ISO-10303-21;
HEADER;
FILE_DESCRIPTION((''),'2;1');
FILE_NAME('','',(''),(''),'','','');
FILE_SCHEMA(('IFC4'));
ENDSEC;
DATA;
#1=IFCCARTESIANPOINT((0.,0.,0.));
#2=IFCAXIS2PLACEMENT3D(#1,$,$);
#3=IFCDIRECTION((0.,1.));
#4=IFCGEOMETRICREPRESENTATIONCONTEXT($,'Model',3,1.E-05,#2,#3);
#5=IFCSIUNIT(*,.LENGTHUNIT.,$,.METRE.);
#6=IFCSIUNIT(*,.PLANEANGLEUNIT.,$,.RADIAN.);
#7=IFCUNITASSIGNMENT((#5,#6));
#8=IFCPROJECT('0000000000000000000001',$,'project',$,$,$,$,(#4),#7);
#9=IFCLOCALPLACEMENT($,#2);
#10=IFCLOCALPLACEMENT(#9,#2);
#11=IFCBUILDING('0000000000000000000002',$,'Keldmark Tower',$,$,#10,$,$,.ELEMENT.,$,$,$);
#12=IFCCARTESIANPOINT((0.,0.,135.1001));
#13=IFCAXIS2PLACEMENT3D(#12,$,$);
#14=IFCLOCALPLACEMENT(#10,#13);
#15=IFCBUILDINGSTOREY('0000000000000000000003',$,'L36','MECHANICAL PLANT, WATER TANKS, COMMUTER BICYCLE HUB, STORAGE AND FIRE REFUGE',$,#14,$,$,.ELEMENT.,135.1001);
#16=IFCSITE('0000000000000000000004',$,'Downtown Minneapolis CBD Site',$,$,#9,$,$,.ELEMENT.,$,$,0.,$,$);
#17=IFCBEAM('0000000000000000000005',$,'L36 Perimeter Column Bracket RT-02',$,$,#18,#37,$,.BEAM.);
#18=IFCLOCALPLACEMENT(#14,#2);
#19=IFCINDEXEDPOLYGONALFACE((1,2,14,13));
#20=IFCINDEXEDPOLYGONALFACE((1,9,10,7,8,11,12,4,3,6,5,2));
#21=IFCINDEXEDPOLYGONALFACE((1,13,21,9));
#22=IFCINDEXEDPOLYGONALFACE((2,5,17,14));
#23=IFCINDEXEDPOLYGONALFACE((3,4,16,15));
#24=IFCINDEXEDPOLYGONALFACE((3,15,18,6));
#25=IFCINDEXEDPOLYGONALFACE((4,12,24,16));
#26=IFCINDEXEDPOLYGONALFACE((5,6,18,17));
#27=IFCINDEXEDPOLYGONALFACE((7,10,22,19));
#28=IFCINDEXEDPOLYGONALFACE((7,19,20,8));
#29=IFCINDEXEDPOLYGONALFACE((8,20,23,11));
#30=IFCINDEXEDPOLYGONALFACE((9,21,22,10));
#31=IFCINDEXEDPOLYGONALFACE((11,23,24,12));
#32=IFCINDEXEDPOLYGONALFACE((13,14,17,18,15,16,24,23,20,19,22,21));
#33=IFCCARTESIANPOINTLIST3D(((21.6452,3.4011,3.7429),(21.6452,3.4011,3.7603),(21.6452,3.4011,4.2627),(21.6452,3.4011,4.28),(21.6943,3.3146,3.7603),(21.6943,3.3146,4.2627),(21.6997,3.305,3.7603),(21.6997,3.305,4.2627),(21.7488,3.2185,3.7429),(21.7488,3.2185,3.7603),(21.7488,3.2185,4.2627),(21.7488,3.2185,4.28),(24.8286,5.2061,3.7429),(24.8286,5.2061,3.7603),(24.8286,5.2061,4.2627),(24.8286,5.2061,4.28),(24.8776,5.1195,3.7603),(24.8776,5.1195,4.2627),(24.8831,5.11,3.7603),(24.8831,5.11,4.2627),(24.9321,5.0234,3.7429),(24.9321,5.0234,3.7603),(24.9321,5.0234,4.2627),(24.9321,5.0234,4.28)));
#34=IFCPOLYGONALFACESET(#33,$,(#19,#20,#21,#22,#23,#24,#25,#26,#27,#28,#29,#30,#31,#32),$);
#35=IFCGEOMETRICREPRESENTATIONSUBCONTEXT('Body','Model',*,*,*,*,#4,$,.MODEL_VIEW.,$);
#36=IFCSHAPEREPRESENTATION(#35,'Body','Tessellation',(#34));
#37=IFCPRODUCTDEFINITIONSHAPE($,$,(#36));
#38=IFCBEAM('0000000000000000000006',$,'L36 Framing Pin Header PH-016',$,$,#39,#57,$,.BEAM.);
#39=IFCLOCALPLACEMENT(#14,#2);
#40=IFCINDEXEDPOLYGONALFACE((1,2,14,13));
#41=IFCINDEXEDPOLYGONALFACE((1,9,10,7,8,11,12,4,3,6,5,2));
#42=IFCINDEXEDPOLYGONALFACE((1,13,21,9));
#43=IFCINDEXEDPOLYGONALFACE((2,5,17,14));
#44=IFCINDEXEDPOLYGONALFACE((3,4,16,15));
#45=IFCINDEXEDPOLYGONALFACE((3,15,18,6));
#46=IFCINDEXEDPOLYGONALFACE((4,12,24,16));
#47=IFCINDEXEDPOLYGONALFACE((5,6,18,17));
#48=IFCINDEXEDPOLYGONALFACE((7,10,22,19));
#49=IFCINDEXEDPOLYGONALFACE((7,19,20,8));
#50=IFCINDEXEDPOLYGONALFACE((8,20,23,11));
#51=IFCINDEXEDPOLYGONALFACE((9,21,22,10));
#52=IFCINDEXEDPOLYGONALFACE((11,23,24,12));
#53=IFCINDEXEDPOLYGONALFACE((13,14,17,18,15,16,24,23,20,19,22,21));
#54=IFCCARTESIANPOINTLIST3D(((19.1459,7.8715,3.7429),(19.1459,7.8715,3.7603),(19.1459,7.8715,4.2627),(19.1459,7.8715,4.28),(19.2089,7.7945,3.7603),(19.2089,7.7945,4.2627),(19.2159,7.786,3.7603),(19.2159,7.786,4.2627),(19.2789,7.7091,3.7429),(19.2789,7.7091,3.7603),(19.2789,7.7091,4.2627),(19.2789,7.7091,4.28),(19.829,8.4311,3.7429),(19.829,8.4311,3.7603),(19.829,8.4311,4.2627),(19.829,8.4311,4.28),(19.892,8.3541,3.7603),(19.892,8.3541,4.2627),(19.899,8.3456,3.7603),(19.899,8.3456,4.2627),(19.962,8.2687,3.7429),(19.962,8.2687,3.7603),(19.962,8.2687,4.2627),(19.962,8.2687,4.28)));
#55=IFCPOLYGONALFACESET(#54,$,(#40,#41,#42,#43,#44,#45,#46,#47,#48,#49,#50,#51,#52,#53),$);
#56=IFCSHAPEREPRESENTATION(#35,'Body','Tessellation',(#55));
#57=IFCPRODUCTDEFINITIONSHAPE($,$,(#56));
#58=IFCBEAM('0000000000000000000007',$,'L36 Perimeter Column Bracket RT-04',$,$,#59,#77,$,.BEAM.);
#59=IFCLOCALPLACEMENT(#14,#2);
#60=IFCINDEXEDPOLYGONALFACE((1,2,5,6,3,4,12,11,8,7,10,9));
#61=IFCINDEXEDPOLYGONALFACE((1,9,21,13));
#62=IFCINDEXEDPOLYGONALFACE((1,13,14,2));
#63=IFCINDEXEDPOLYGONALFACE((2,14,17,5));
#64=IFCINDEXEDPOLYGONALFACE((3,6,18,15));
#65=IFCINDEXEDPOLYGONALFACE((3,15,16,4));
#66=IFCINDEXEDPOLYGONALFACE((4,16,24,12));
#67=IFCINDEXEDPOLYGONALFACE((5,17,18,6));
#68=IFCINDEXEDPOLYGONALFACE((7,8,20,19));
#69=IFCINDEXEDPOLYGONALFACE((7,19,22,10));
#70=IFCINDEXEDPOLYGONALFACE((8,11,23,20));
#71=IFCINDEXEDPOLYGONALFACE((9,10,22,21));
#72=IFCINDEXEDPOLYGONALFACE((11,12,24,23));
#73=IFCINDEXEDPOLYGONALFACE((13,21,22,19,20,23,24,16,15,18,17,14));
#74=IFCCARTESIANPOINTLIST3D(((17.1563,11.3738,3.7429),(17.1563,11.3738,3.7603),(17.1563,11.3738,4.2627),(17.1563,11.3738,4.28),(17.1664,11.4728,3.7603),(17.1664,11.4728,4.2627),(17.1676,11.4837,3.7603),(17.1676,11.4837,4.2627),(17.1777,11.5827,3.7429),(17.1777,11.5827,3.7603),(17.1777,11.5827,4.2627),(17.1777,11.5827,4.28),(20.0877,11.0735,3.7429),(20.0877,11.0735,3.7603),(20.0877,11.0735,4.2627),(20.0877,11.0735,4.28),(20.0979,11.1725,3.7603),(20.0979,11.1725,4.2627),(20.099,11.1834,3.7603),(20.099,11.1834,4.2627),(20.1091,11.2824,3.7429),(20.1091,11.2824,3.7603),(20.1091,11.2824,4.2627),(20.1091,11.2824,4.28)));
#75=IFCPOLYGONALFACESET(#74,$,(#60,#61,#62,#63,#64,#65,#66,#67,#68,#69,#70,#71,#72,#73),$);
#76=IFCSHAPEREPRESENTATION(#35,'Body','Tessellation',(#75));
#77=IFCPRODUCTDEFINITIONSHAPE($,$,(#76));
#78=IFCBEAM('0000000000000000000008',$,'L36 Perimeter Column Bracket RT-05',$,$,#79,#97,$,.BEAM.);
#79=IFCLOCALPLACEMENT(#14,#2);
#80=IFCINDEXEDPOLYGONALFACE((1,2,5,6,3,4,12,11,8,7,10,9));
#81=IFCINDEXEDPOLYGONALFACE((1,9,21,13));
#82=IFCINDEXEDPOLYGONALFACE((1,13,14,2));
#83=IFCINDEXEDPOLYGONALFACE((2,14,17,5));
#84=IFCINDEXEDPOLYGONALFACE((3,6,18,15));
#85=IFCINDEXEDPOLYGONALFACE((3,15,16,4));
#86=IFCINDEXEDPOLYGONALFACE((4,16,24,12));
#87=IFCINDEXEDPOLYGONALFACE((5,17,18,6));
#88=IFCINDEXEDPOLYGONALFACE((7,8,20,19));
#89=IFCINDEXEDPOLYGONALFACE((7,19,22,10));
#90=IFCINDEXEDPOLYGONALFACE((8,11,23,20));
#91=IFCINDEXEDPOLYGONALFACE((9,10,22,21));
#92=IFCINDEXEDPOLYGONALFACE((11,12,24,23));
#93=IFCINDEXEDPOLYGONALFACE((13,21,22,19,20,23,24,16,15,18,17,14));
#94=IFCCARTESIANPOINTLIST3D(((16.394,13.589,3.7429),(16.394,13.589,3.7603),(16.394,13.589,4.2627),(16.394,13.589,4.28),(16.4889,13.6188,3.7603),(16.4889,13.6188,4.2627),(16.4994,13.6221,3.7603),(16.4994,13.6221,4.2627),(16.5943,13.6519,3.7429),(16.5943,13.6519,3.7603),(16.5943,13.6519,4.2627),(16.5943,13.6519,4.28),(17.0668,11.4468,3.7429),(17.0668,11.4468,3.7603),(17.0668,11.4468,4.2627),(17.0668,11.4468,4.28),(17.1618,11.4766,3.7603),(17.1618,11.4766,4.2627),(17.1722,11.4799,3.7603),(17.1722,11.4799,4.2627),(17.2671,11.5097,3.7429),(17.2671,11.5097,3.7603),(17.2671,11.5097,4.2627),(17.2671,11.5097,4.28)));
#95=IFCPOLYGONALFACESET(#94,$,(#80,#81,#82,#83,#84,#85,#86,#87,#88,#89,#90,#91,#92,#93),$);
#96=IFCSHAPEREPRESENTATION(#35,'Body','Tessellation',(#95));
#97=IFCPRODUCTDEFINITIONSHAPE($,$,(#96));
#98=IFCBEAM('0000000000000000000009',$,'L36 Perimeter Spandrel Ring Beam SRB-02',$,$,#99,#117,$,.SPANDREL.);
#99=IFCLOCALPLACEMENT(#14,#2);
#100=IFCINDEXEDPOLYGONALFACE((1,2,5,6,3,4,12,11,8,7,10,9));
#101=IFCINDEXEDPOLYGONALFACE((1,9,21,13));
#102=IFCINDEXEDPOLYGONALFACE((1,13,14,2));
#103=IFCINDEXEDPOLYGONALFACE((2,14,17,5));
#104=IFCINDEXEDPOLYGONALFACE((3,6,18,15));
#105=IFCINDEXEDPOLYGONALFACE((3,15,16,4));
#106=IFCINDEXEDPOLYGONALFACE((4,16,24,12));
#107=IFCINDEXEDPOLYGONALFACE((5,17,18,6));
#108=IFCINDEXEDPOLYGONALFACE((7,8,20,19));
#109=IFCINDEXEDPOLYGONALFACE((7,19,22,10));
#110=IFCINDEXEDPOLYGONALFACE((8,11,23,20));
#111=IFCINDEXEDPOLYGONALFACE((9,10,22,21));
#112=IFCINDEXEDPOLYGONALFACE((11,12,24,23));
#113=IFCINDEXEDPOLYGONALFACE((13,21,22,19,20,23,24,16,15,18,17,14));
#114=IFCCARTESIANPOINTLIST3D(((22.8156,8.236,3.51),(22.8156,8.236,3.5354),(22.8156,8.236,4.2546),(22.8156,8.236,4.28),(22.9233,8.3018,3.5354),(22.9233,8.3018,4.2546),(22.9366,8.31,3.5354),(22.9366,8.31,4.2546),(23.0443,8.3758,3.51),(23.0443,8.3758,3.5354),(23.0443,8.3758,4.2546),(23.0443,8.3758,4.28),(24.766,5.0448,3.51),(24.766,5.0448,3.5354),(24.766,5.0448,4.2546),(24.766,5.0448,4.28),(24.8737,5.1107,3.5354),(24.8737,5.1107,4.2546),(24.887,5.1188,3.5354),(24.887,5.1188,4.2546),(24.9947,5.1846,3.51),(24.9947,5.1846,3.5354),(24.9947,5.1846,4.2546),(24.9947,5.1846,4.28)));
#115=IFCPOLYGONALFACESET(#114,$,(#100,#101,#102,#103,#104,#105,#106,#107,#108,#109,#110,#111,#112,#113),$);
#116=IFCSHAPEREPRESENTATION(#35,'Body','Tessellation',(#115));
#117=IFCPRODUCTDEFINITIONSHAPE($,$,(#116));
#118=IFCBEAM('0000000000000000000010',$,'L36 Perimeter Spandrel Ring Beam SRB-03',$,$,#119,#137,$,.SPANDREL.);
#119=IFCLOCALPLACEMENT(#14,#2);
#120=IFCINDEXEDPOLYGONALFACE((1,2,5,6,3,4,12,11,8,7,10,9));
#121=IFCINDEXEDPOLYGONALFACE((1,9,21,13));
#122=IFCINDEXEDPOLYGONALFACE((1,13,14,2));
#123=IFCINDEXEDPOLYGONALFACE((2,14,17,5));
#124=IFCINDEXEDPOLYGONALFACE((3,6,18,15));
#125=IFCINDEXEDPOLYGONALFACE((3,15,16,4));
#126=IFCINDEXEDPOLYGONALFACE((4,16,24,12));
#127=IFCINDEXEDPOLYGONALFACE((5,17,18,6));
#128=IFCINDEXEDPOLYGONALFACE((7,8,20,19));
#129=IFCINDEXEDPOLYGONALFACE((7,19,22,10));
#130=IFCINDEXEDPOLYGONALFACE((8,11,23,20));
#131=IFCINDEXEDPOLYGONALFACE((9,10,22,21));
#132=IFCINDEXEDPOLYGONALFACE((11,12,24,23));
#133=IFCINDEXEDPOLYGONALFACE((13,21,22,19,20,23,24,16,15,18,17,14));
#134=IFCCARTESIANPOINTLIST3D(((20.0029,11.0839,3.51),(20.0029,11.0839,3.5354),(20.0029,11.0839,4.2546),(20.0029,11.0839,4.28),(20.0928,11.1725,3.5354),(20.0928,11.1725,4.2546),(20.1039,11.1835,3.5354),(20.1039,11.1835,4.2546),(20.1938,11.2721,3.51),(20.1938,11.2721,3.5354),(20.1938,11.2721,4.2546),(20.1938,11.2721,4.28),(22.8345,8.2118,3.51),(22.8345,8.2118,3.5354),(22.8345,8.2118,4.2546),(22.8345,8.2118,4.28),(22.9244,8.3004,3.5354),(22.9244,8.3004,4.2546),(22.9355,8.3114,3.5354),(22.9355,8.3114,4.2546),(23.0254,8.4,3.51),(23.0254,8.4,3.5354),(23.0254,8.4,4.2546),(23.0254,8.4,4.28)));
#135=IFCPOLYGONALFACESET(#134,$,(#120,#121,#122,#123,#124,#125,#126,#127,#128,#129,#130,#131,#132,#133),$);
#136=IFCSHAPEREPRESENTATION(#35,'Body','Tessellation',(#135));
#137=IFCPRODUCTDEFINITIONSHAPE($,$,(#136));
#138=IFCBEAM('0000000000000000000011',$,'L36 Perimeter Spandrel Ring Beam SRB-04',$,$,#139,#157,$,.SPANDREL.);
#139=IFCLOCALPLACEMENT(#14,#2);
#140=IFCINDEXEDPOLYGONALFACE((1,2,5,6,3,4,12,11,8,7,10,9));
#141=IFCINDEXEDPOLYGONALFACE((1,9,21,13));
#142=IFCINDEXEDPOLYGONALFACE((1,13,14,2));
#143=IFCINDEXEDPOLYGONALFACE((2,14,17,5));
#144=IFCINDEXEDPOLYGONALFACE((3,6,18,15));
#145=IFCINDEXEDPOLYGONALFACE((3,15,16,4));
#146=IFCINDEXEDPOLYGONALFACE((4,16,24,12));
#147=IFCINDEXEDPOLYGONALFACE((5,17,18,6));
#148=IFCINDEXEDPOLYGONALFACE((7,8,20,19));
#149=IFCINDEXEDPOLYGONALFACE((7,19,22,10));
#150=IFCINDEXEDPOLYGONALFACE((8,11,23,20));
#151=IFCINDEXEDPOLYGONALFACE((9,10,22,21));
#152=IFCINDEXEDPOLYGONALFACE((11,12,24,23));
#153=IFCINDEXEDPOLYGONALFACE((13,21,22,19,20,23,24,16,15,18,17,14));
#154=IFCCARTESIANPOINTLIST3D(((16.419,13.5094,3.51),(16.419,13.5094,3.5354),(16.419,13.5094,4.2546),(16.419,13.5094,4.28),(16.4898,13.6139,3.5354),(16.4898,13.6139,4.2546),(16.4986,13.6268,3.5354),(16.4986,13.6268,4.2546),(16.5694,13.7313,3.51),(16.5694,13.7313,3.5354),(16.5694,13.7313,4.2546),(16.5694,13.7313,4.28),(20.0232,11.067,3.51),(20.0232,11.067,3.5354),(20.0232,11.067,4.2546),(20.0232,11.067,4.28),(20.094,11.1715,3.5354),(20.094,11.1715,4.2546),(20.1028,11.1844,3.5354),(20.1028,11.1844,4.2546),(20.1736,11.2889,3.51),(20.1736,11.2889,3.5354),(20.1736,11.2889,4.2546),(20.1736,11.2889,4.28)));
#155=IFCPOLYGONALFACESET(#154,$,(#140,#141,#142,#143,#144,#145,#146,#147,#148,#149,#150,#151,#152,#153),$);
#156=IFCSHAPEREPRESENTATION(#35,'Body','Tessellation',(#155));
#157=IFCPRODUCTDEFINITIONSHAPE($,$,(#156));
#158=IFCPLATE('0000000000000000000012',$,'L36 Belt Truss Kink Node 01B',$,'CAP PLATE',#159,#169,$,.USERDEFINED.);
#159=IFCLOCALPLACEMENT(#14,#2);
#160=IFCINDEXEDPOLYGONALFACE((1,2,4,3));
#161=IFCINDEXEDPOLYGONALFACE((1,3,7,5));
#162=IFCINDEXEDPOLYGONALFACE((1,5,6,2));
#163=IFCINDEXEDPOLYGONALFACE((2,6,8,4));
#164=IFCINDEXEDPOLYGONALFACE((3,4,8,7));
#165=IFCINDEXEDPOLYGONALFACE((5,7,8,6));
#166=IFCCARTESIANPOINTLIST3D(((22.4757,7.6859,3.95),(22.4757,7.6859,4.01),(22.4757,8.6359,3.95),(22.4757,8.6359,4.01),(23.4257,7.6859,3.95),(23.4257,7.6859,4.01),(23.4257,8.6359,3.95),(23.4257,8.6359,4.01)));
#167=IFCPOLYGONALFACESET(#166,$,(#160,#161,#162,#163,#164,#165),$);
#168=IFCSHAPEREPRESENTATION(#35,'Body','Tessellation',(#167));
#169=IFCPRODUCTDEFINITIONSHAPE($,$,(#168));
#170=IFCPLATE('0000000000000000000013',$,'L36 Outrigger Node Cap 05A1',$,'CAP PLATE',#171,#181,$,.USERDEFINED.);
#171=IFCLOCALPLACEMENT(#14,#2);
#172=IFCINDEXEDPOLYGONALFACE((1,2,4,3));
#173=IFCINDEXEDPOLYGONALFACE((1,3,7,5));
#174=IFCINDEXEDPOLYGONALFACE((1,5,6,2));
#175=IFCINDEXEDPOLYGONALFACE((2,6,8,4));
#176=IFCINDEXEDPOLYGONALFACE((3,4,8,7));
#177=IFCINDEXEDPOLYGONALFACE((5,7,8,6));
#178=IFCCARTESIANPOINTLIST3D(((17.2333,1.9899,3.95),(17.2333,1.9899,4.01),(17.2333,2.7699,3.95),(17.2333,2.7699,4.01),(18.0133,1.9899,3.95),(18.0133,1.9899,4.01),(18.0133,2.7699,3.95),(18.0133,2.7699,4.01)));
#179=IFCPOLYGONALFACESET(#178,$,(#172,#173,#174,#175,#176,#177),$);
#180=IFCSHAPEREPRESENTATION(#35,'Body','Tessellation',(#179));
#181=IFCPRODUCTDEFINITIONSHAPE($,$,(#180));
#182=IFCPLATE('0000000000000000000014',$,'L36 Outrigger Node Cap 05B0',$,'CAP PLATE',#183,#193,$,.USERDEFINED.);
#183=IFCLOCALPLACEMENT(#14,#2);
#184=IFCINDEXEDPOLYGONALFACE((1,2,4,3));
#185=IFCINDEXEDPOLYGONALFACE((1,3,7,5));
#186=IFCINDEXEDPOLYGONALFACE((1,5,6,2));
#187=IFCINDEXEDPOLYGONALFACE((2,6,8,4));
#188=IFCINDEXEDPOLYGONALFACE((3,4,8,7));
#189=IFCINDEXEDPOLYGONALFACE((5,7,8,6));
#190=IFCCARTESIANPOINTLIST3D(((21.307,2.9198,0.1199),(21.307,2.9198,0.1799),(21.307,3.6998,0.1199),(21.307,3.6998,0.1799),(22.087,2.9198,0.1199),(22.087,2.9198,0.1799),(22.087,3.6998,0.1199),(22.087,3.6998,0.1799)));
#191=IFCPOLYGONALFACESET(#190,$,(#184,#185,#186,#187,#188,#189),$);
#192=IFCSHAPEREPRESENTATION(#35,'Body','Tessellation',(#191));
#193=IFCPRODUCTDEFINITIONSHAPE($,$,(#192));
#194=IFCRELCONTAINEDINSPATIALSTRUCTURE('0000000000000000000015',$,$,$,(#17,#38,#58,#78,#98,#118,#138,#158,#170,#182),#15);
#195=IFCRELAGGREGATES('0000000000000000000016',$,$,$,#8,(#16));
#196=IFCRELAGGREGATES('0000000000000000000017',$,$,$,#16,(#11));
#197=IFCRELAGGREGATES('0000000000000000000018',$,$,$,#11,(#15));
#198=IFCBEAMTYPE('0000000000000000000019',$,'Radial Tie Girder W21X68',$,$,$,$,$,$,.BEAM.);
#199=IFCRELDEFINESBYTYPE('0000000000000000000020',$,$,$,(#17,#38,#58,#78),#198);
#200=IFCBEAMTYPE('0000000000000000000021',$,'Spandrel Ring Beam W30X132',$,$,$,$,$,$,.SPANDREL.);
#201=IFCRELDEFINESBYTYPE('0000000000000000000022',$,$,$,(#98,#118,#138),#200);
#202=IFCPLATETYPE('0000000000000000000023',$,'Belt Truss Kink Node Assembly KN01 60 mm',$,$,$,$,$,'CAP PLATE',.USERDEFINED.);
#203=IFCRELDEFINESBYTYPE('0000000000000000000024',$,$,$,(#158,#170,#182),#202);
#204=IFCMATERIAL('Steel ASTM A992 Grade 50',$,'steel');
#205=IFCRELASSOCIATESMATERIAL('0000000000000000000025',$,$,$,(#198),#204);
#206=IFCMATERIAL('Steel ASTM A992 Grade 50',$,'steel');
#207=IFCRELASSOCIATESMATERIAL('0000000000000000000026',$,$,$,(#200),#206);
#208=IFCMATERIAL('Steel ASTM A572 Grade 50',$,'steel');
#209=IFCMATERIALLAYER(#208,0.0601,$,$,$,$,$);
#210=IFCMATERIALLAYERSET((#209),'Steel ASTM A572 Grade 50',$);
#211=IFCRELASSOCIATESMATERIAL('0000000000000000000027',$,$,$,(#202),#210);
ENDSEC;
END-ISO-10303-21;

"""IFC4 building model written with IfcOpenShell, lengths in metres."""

from ifc_helpers import new_model, si_unit, direction, frame, origin, origin_2d, place, context, subcontext, project, spatial, rectangle, i_section, extrude, material, layer, layer_set, material_profile, profile_set, type_object, element, save


model = new_model("IFC4")

# Units and contexts
model_context = context("Model", 3, precision=1e-05, world=origin(), true_north=direction((0.0, 1.0)))
body_context = subcontext(model_context, "Body", "Model", "MODEL_VIEW")
ifc_project = project(units=[si_unit("LENGTHUNIT", "METRE"), si_unit("PLANEANGLEUNIT", "RADIAN")], contexts=[model_context])

# Site, building, storey
site_placement = place(None, origin())
site = spatial("IfcSite", under=ifc_project, at=site_placement, Name="Downtown Minneapolis CBD Site", CompositionType="ELEMENT", RefElevation=0.0)
building_placement = place(site_placement, origin())
building = spatial("IfcBuilding", under=site, at=building_placement, Name="Keldmark Tower", CompositionType="ELEMENT")
storey_placement = place(building_placement, frame((0.0, 0.0, 135.1001)))
storey = spatial("IfcBuildingStorey", under=building, at=storey_placement, Name="L36", Description="MECHANICAL PLANT, WATER TANKS, COMMUTER BICYCLE HUB, STORAGE AND FIRE REFUGE", CompositionType="ELEMENT", Elevation=135.1001)

# Beams
ifc_material_1 = material(Name="Steel ASTM A992 Grade 50", Category="steel")
ifc_material_profile_1 = material_profile(ifc_material_1, i_section(OverallWidth=0.21, OverallDepth=0.5371, WebThickness=0.011, FlangeThickness=0.0173, at=origin_2d()), Name="W21X68")
ifc_profile_set_1 = profile_set([ifc_material_profile_1], Name="Steel ASTM A992 Grade 50")
beam_type_1 = type_object("IfcBeamType", Name="Radial Tie Girder W21X68", PredefinedType="BEAM", material=ifc_profile_set_1)
beam_1_placement = place(storey_placement, frame((21.697, 3.3098, 4.0115), z_axis=(0.869901, 0.493226, 0.0), x_axis=(-0.493226, 0.869901, 0.0)))
element("IfcBeam", 1, at=beam_1_placement, inside=storey, type_object=beam_type_1, Name="L36 Perimeter Column Bracket RT-02", PredefinedType="BEAM", context=body_context, shape_type="SweptSolid", body=[
    extrude(i_section(OverallWidth=0.21, OverallDepth=0.5371, WebThickness=0.011, FlangeThickness=0.0173, at=origin_2d()), origin(), (0.0, 0.0, 1.0), 3.6594),
])
beam_2_placement = place(storey_placement, frame((19.2124, 7.7903, 4.0115), z_axis=(0.773588, 0.633689, 0.0), x_axis=(-0.633689, 0.773588, 0.0)))
element("IfcBeam", 2, at=beam_2_placement, inside=storey, type_object=beam_type_1, Name="L36 Framing Pin Header PH-016", PredefinedType="BEAM", context=body_context, shape_type="SweptSolid", body=[
    extrude(i_section(OverallWidth=0.21, OverallDepth=0.5371, WebThickness=0.011, FlangeThickness=0.0173, at=origin_2d()), origin(), (0.0, 0.0, 1.0), 0.8831),
])
beam_3_placement = place(storey_placement, frame((17.167, 11.4783, 4.0115), z_axis=(0.994794, -0.101907, 0.0), x_axis=(0.101907, 0.994794, 0.0)))
element("IfcBeam", 3, at=beam_3_placement, inside=storey, type_object=beam_type_1, Name="L36 Perimeter Column Bracket RT-04", PredefinedType="BEAM", context=body_context, shape_type="SweptSolid", body=[
    extrude(i_section(OverallWidth=0.21, OverallDepth=0.5371, WebThickness=0.011, FlangeThickness=0.0173, at=origin_2d()), origin(), (0.0, 0.0, 1.0), 2.9468),
])
beam_4_placement = place(storey_placement, frame((17.167, 11.4783, 4.0115), z_axis=(-0.299674, 0.954042, 0.0), x_axis=(-0.954042, -0.299674, 0.0)))
element("IfcBeam", 4, at=beam_4_placement, inside=storey, type_object=beam_type_1, Name="L36 Perimeter Column Bracket RT-05", PredefinedType="BEAM", context=body_context, shape_type="SweptSolid", body=[
    extrude(i_section(OverallWidth=0.21, OverallDepth=0.5371, WebThickness=0.011, FlangeThickness=0.0173, at=origin_2d()), origin(), (0.0, 0.0, 1.0), 2.2454),
])
ifc_material_2 = material(Name="Steel ASTM A992 Grade 50", Category="steel")
ifc_material_profile_2 = material_profile(ifc_material_2, i_section(OverallWidth=0.2681, OverallDepth=0.77, WebThickness=0.0156, FlangeThickness=0.0254, at=origin_2d()), Name="W30X132")
ifc_profile_set_2 = profile_set([ifc_material_profile_2], Name="Steel ASTM A992 Grade 50")
beam_type_2 = type_object("IfcBeamType", Name="Spandrel Ring Beam W30X132", PredefinedType="SPANDREL", material=ifc_profile_set_2)
beam_5_placement = place(storey_placement, frame((24.8804, 5.1147, 3.895), z_axis=(-0.521505, 0.853248, 0.0), x_axis=(-0.853248, -0.521505, 0.0)))
element("IfcBeam", 5, at=beam_5_placement, inside=storey, type_object=beam_type_2, Name="L36 Perimeter Spandrel Ring Beam SRB-02", PredefinedType="SPANDREL", context=body_context, shape_type="SweptSolid", body=[
    extrude(i_section(OverallWidth=0.2681, OverallDepth=0.77, WebThickness=0.0156, FlangeThickness=0.0254, at=origin_2d()), origin(), (0.0, 0.0, 1.0), 3.74),
])
beam_6_placement = place(storey_placement, frame((22.9299, 8.3059, 3.895), z_axis=(-0.702065, 0.712113, 0.0), x_axis=(-0.712113, -0.702065, 0.0)))
element("IfcBeam", 6, at=beam_6_placement, inside=storey, type_object=beam_type_2, Name="L36 Perimeter Spandrel Ring Beam SRB-03", PredefinedType="SPANDREL", context=body_context, shape_type="SweptSolid", body=[
    extrude(i_section(OverallWidth=0.2681, OverallDepth=0.77, WebThickness=0.0156, FlangeThickness=0.0254, at=origin_2d()), origin(), (0.0, 0.0, 1.0), 4.0332),
])
beam_7_placement = place(storey_placement, frame((20.0984, 11.178, 3.895), z_axis=(-0.827834, 0.560973, 0.0), x_axis=(-0.560973, -0.827834, 0.0)))
element("IfcBeam", 7, at=beam_7_placement, inside=storey, type_object=beam_type_2, Name="L36 Perimeter Spandrel Ring Beam SRB-04", PredefinedType="SPANDREL", context=body_context, shape_type="SweptSolid", body=[
    extrude(i_section(OverallWidth=0.2681, OverallDepth=0.77, WebThickness=0.0156, FlangeThickness=0.0254, at=origin_2d()), origin(), (0.0, 0.0, 1.0), 4.3538),
])

# Plates
ifc_material_3 = material(Name="Steel ASTM A572 Grade 50", Category="steel")
ifc_layer_1 = layer(ifc_material_3, 0.0601)
ifc_layer_set_1 = layer_set([ifc_layer_1], Name="Steel ASTM A572 Grade 50")
plate_type_1 = type_object("IfcPlateType", Name="Belt Truss Kink Node Assembly KN01 60 mm", ElementType="CAP PLATE", PredefinedType="USERDEFINED", material=ifc_layer_set_1)
plate_placement = place(storey_placement, frame((22.9507, 8.1609, 3.95), z_axis=(0.0, 0.0, 1.0), x_axis=(1.0, 0.0, 0.0)))
element("IfcPlate", 8, at=plate_placement, inside=storey, type_object=plate_type_1, Name="L36 Belt Truss Kink Node 01B", ObjectType="CAP PLATE", PredefinedType="USERDEFINED", context=body_context, shape_type="SweptSolid", body=[
    extrude(rectangle(XDim=0.95, YDim=0.95, at=origin_2d()), origin(), (0.0, 0.0, 1.0), 0.0601),
])
for number, where, z_axis, x_axis, name in (
    (9, (17.6233, 2.3799, 3.95), (0.0, 0.0, 1.0), (1.0, 0.0, 0.0), "L36 Outrigger Node Cap 05A1"),
    (10, (21.697, 3.3098, 0.1199), (0.0, 0.0, 1.0), (1.0, 0.0, 0.0), "L36 Outrigger Node Cap 05B0"),
):
    element("IfcPlate", number, at=place(storey_placement, frame(where, z_axis=z_axis, x_axis=x_axis)), inside=storey, type_object=plate_type_1, Name=name, ObjectType="CAP PLATE", PredefinedType="USERDEFINED", context=body_context, shape_type="SweptSolid", body=[
        extrude(rectangle(XDim=0.78, YDim=0.78, at=origin_2d()), origin(), (0.0, 0.0, 1.0), 0.0601),
    ])

save(model, "model.ifc")
